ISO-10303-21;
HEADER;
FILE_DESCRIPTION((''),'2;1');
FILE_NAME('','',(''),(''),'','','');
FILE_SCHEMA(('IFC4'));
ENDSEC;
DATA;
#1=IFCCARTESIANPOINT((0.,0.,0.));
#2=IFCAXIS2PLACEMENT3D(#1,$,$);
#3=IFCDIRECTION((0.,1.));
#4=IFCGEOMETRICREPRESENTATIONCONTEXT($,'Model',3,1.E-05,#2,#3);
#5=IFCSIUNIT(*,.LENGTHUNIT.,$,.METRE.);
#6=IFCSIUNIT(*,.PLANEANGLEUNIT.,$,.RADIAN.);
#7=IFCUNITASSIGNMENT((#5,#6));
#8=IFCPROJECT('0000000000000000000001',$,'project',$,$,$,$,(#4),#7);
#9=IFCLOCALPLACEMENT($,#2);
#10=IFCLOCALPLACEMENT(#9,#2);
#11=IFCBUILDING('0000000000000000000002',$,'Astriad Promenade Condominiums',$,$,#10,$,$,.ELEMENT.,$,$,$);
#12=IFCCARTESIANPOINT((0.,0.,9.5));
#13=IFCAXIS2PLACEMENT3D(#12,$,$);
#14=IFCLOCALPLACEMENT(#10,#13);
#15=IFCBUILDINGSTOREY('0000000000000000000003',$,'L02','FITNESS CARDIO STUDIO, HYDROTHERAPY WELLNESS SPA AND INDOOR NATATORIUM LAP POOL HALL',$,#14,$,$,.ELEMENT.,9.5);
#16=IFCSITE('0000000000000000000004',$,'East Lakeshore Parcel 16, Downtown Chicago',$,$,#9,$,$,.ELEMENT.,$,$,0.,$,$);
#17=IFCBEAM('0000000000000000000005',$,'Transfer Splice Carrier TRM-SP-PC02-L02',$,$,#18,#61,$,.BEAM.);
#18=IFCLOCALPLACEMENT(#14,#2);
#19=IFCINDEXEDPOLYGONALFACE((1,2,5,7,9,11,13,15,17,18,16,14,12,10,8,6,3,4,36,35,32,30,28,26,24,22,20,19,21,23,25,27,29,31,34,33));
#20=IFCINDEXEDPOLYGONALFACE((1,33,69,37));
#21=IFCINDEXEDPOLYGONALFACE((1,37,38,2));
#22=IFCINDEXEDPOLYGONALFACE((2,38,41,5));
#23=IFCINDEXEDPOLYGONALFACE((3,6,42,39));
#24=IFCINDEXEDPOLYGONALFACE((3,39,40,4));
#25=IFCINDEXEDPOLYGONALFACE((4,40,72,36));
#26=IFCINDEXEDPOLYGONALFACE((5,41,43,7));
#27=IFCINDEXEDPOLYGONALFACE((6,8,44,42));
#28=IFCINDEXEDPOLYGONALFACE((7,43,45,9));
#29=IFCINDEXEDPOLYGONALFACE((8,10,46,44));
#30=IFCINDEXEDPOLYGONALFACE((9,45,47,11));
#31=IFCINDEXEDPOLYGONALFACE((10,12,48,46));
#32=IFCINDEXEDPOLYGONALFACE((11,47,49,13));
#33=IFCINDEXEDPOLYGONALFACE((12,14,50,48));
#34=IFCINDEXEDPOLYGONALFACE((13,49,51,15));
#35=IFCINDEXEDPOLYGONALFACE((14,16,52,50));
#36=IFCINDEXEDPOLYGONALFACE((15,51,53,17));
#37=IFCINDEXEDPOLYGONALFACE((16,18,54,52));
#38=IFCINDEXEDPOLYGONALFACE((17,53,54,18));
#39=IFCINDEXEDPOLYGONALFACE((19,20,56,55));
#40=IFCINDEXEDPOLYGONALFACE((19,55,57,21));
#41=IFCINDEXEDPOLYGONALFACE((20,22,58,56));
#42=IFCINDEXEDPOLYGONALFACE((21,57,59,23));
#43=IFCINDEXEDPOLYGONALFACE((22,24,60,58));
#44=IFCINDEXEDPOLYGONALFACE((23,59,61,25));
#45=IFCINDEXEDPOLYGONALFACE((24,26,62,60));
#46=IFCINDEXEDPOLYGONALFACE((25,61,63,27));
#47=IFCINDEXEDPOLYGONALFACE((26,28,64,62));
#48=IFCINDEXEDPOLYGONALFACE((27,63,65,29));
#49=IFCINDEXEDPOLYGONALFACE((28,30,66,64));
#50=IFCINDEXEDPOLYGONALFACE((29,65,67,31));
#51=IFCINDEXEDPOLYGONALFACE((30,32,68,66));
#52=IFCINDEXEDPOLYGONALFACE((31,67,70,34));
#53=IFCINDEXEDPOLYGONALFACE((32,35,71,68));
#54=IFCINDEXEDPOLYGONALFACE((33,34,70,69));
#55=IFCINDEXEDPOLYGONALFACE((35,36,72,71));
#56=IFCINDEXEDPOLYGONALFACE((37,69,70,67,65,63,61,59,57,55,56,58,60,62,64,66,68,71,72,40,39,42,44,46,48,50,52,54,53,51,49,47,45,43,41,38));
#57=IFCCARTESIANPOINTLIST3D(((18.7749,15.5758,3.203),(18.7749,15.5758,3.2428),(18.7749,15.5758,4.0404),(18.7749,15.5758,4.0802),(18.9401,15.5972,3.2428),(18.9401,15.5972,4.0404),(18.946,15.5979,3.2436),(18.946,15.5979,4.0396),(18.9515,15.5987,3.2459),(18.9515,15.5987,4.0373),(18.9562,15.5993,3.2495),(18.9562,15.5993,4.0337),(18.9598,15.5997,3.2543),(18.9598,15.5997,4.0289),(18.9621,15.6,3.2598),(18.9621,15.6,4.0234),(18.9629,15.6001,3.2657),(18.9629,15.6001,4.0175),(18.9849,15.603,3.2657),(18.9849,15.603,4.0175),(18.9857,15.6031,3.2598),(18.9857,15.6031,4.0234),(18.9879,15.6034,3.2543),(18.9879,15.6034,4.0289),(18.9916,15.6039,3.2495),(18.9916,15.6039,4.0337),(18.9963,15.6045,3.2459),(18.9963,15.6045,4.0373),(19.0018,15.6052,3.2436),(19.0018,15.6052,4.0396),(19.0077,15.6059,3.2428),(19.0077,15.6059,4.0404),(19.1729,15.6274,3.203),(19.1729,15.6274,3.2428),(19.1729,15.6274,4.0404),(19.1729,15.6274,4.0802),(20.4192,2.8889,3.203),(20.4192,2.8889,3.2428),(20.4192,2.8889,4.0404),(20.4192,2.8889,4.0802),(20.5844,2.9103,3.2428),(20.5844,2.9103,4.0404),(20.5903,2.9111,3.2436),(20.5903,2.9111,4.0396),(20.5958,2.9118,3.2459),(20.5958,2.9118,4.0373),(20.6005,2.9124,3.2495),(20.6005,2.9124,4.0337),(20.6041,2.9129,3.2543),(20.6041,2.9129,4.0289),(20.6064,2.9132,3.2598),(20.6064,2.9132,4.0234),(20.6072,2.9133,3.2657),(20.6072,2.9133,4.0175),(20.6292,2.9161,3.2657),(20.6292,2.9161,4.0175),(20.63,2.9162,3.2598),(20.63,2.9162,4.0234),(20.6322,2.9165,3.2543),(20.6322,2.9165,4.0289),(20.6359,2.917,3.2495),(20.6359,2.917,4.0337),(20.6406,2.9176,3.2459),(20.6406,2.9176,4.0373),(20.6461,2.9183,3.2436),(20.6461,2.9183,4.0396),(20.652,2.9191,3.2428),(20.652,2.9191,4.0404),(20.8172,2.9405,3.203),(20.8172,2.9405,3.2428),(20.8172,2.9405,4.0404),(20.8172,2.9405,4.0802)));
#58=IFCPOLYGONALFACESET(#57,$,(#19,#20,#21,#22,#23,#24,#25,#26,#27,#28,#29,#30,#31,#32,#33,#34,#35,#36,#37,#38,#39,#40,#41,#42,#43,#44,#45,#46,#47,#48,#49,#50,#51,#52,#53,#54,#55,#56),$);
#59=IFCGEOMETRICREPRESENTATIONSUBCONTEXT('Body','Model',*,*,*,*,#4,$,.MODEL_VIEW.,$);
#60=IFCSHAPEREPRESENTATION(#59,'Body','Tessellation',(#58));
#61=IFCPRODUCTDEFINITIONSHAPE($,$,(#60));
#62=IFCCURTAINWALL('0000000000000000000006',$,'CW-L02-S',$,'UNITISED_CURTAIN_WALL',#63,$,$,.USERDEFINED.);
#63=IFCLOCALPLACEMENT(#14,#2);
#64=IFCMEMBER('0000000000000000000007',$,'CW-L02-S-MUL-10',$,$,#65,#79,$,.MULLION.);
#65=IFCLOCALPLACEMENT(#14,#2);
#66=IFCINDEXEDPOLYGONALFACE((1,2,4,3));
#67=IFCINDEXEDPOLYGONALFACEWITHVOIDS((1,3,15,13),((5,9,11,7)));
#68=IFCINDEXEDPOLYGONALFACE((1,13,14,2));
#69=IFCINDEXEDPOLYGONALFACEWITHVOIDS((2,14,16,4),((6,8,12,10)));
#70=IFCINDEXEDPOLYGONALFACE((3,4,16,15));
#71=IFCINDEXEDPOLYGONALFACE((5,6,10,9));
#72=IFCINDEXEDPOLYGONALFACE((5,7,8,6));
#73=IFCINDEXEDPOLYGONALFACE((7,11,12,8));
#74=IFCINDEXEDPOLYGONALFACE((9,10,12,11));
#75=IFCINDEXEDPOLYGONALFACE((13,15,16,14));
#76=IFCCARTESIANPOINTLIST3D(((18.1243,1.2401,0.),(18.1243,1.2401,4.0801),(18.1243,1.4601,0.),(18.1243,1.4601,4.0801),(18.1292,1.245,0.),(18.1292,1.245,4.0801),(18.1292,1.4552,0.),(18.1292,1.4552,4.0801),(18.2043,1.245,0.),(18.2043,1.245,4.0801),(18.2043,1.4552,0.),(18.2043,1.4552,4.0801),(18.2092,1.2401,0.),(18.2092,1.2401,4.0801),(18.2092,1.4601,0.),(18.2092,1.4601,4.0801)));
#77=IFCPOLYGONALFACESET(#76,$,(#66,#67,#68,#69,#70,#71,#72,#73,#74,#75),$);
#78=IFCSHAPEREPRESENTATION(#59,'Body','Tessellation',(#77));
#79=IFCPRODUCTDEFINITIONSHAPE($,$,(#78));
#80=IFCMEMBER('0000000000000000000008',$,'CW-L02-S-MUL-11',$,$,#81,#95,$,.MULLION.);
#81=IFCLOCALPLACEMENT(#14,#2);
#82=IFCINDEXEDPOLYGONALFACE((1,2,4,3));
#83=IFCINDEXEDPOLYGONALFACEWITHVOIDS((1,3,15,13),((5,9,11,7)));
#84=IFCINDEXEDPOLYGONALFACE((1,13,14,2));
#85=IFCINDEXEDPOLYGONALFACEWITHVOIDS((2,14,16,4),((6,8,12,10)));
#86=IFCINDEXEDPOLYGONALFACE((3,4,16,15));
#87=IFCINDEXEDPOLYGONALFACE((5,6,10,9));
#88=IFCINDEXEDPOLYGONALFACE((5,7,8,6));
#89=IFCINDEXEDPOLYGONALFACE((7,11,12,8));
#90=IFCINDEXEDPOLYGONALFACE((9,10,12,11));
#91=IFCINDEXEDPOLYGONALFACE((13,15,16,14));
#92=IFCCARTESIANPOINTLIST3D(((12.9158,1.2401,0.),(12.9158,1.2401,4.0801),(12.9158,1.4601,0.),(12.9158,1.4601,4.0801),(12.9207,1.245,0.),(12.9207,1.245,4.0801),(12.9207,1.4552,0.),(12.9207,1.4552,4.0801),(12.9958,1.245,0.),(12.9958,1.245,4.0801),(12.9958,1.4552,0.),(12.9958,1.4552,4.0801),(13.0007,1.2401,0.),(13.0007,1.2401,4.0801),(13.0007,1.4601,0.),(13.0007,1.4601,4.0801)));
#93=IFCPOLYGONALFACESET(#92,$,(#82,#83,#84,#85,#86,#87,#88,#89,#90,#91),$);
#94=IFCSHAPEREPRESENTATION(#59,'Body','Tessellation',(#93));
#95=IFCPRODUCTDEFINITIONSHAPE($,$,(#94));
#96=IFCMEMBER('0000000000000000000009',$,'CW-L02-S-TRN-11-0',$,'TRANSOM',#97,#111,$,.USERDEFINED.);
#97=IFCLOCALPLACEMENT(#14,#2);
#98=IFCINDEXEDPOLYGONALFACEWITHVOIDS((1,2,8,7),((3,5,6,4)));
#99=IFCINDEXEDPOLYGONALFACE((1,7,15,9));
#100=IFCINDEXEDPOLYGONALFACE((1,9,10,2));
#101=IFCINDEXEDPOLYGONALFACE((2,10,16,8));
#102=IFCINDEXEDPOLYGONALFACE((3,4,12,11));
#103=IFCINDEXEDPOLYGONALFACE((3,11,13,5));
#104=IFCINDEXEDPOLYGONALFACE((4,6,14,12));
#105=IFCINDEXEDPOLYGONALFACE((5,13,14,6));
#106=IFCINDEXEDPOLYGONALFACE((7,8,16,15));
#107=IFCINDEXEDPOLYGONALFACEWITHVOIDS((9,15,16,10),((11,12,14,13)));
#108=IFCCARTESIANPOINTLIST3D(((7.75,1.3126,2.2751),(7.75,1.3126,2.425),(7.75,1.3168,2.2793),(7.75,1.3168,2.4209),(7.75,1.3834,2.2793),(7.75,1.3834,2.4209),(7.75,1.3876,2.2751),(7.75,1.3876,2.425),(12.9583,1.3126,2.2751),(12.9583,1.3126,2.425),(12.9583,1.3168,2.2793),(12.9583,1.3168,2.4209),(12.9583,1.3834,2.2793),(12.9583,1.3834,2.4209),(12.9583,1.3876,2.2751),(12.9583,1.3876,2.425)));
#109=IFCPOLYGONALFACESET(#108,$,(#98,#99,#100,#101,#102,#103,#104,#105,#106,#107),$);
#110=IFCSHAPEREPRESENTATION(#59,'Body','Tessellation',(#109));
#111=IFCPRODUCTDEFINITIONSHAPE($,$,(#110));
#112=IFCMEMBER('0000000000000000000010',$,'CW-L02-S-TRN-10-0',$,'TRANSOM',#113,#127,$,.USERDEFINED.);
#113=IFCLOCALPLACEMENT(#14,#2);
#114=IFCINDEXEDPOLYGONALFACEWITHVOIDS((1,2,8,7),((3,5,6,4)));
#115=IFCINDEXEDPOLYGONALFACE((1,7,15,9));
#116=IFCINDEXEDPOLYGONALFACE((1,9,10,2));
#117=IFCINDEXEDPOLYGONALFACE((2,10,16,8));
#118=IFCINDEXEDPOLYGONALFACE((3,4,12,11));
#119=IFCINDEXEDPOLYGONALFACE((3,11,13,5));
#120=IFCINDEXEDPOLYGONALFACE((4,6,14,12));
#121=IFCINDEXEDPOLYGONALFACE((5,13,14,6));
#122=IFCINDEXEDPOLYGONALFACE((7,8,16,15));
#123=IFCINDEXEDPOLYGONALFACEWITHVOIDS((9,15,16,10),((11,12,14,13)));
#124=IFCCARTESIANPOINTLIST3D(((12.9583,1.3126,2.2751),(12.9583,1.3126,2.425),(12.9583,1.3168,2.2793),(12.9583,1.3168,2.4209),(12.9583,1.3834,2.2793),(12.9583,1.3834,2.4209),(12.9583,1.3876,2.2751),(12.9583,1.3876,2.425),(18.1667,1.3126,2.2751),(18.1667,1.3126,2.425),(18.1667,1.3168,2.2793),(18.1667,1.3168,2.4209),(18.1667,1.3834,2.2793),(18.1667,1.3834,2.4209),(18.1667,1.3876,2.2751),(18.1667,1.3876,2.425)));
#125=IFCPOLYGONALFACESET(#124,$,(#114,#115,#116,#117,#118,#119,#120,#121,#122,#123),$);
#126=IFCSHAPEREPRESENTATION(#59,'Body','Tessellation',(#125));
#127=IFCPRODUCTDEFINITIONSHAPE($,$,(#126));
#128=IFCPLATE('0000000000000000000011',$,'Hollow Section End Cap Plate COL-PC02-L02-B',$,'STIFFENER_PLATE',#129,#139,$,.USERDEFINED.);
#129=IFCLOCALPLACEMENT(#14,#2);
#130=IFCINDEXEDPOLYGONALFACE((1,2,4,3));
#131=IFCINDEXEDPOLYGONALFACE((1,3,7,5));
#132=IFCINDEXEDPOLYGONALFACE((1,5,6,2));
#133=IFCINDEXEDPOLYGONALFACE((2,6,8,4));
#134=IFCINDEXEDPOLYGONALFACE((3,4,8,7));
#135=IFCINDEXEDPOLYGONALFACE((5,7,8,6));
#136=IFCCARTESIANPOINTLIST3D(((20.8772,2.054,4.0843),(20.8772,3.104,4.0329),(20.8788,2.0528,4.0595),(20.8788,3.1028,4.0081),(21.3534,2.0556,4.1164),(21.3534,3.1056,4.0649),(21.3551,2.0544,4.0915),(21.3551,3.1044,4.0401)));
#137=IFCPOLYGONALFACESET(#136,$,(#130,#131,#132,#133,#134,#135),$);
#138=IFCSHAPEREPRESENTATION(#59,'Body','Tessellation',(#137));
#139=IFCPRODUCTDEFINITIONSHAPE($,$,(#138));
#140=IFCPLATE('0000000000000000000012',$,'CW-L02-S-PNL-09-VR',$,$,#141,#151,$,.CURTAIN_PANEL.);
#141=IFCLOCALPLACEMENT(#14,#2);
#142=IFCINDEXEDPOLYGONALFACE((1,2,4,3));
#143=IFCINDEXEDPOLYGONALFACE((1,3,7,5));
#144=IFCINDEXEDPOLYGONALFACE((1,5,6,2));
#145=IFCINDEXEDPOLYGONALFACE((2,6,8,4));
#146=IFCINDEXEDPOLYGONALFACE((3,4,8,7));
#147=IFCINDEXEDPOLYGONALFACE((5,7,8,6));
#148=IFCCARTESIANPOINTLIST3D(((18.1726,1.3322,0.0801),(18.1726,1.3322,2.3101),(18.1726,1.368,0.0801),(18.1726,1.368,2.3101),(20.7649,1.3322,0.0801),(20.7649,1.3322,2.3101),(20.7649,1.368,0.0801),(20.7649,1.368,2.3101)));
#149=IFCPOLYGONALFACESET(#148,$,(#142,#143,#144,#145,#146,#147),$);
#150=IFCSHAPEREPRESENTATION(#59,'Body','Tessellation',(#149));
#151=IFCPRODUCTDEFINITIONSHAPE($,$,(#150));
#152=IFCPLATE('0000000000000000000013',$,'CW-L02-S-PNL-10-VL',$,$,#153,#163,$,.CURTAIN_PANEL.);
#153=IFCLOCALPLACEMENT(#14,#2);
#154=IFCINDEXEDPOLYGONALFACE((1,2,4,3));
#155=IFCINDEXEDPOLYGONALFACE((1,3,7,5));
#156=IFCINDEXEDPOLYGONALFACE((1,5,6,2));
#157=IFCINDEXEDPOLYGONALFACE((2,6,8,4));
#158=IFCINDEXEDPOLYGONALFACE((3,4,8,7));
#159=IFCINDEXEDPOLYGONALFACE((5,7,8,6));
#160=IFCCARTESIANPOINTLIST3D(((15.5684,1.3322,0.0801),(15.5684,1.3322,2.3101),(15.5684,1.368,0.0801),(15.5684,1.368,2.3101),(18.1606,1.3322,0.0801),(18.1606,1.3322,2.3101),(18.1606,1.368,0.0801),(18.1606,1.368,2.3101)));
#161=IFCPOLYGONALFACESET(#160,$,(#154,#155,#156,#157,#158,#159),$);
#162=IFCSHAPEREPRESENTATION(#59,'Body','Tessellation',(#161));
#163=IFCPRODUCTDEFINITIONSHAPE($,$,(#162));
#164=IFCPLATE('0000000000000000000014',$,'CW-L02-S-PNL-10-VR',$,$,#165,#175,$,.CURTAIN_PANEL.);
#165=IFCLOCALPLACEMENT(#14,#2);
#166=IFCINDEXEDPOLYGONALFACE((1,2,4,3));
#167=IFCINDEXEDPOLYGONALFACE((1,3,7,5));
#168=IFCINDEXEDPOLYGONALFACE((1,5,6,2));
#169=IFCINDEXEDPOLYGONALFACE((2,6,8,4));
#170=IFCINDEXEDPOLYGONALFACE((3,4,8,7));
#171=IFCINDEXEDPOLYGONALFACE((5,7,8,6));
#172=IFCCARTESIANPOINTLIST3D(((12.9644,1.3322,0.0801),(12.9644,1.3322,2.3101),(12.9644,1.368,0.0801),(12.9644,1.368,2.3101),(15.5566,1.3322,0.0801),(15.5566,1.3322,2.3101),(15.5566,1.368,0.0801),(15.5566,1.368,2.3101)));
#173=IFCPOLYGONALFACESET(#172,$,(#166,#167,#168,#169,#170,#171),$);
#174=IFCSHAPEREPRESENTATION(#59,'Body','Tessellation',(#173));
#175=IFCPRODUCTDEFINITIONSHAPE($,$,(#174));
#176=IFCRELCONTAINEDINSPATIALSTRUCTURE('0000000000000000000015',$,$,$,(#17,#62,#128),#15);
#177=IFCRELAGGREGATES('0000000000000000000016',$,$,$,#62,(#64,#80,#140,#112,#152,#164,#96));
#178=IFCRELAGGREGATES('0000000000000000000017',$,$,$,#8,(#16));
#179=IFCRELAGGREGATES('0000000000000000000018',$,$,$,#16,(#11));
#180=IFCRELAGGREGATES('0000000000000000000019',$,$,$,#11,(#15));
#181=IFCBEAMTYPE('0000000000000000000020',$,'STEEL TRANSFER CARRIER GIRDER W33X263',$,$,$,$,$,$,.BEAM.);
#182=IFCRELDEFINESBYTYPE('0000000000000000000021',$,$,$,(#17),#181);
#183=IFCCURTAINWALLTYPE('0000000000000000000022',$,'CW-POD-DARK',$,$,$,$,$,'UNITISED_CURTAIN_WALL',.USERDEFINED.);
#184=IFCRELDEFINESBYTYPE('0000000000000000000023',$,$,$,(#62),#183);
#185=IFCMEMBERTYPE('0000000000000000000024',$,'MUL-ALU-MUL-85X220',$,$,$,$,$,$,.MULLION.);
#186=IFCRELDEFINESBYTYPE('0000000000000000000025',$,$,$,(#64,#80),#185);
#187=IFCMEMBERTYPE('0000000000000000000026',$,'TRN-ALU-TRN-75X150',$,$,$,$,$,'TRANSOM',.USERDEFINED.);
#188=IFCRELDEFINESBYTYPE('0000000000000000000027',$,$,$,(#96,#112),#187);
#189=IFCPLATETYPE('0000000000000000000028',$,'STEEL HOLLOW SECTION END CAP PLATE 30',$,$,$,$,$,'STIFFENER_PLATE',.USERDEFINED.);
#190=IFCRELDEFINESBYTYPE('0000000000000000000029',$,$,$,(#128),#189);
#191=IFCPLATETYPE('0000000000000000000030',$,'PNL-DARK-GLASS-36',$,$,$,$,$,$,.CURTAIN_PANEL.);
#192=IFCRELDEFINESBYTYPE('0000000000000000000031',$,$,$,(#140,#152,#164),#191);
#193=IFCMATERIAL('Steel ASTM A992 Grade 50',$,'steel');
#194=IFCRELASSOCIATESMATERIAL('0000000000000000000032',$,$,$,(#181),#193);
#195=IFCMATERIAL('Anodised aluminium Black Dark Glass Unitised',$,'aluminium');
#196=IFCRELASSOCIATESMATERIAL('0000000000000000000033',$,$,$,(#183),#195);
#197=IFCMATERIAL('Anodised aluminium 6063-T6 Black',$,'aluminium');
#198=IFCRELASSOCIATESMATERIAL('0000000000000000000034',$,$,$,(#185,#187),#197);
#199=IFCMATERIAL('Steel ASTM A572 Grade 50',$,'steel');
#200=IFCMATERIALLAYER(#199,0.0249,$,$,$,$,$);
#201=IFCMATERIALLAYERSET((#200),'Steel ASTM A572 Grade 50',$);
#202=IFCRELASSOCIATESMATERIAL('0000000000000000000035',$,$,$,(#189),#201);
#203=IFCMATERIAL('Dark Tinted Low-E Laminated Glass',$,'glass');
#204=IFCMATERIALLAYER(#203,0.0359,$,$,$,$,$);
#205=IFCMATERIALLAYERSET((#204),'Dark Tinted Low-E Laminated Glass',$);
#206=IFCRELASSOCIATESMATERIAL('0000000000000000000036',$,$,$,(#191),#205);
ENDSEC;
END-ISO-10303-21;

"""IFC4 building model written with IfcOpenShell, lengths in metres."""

from ifc_helpers import new_model, si_unit, direction, frame, origin, origin_2d, place, context, subcontext, project, spatial, rectangle, hollow_rectangle, i_section, extrude, source, transform, mapped, material, layer, layer_set, material_profile, profile_set, type_object, type_shapes, element, aggregate, save


model = new_model("IFC4")

# Units and contexts
model_context = context("Model", 3, precision=1e-05, world=origin(), true_north=direction((0.0, 1.0)))
body_context = subcontext(model_context, "Body", "Model", "MODEL_VIEW")
ifc_project = project(units=[si_unit("LENGTHUNIT", "METRE"), si_unit("PLANEANGLEUNIT", "RADIAN")], contexts=[model_context])

# Site, building, storey
site_placement = place(None, origin())
site = spatial("IfcSite", under=ifc_project, at=site_placement, Name="East Lakeshore Parcel 16, Downtown Chicago", CompositionType="ELEMENT", RefElevation=0.0)
building_placement = place(site_placement, origin())
building = spatial("IfcBuilding", under=site, at=building_placement, Name="Astriad Promenade Condominiums", CompositionType="ELEMENT")
storey_placement = place(building_placement, frame((0.0, 0.0, 9.5)))
storey = spatial("IfcBuildingStorey", under=building, at=storey_placement, Name="L02", Description="FITNESS CARDIO STUDIO, HYDROTHERAPY WELLNESS SPA AND INDOOR NATATORIUM LAP POOL HALL", CompositionType="ELEMENT", Elevation=9.5)

# Shared definitions
ifc_material_1 = material(Name="Steel ASTM A992 Grade 50", Category="steel")

# Beam
ifc_material_profile_1 = material_profile(ifc_material_1, i_section(OverallWidth=0.4014, OverallDepth=0.8772, WebThickness=0.0222, FlangeThickness=0.0398, FilletRadius=0.0229, at=origin_2d()), Name="W33X263")
ifc_profile_set_1 = profile_set([ifc_material_profile_1], Name="Steel ASTM A992 Grade 50")
beam_type_1 = type_object("IfcBeamType", Name="STEEL TRANSFER CARRIER GIRDER W33X263", PredefinedType="BEAM", material=ifc_profile_set_1)
shared_shape_1 = source(origin(), body_context, "Body", "SweptSolid", [
    extrude(i_section(OverallWidth=0.4014, OverallDepth=0.8772, WebThickness=0.0222, FlangeThickness=0.0398, FilletRadius=0.0229, at=origin_2d()), origin(), (0.0, 0.0, 1.0), 12.793),
])
type_shapes(beam_type_1, [shared_shape_1])
beam_1_placement = place(storey_placement, frame((18.9739, 15.6016, 3.6416), z_axis=(0.128531, -0.991705, 0.0), x_axis=(0.991705, 0.128531, 0.0)))
element("IfcBeam", 1, at=beam_1_placement, inside=storey, type_object=beam_type_1, Name="Transfer Splice Carrier TRM-SP-PC02-L02", PredefinedType="BEAM", context=body_context, shape_type="MappedRepresentation", body=[
    mapped(shared_shape_1, transform((0.0, 0.0, 0.0), scale=1.0)),
])

# Curtain wall, members
ifc_material_2 = material(Name="Anodised aluminium Black Dark Glass Unitised", Category="aluminium")
curtain_wall_type = type_object("IfcCurtainWallType", Name="CW-POD-DARK", ElementType="UNITISED_CURTAIN_WALL", PredefinedType="USERDEFINED", material=ifc_material_2)
curtain_wall_placement = place(storey_placement, origin())
curtain_wall = element("IfcCurtainWall", 2, at=curtain_wall_placement, inside=storey, type_object=curtain_wall_type, Name="CW-L02-S", ObjectType="UNITISED_CURTAIN_WALL", PredefinedType="USERDEFINED")
ifc_material_3 = material(Name="Anodised aluminium 6063-T6 Black", Category="aluminium")
ifc_material_profile_2 = material_profile(ifc_material_3, hollow_rectangle(XDim=0.085, YDim=0.22, WallThickness=0.0049, at=origin_2d()), Name="ALU-MUL-85X220")
ifc_profile_set_2 = profile_set([ifc_material_profile_2], Name="Anodised aluminium 6063-T6 Black")
member_type_1 = type_object("IfcMemberType", Name="MUL-ALU-MUL-85X220", PredefinedType="MULLION", material=ifc_profile_set_2)
shared_shape_2 = source(origin(), body_context, "Body", "SweptSolid", [
    extrude(hollow_rectangle(XDim=0.085, YDim=0.22, WallThickness=0.0049, at=origin_2d()), origin(), (0.0, 0.0, 1.0), 4.0801),
])
type_shapes(member_type_1, [shared_shape_2])
member_1_placement = place(storey_placement, frame((18.1667, 1.3501, 0.0), z_axis=(0.0, 0.0, 1.0), x_axis=(1.0, 0.0, 0.0)))
member_1 = element("IfcMember", 3, at=member_1_placement, type_object=member_type_1, Name="CW-L02-S-MUL-10", PredefinedType="MULLION", context=body_context, shape_type="MappedRepresentation", body=[
    mapped(shared_shape_2, transform((0.0, 0.0, 0.0), scale=1.0)),
])
member_2_placement = place(storey_placement, frame((12.9583, 1.3501, 0.0), z_axis=(0.0, 0.0, 1.0), x_axis=(1.0, 0.0, 0.0)))
member_2 = element("IfcMember", 4, at=member_2_placement, type_object=member_type_1, Name="CW-L02-S-MUL-11", PredefinedType="MULLION", context=body_context, shape_type="MappedRepresentation", body=[
    mapped(shared_shape_2, transform((0.0, 0.0, 0.0), scale=1.0)),
])
ifc_material_profile_3 = material_profile(ifc_material_3, hollow_rectangle(XDim=0.075, YDim=0.1499, WallThickness=0.0042, at=origin_2d()), Name="ALU-TRN-75X150")
ifc_profile_set_3 = profile_set([ifc_material_profile_3], Name="Anodised aluminium 6063-T6 Black")
member_type_2 = type_object("IfcMemberType", Name="TRN-ALU-TRN-75X150", ElementType="TRANSOM", PredefinedType="USERDEFINED", material=ifc_profile_set_3)
shared_shape_3 = source(origin(), body_context, "Body", "SweptSolid", [
    extrude(hollow_rectangle(XDim=0.075, YDim=0.1499, WallThickness=0.0042, at=origin_2d()), origin(), (0.0, 0.0, 1.0), 5.2083),
])
member_3_placement = place(storey_placement, frame((12.9583, 1.3501, 2.3501), z_axis=(-1.0, 0.0, 0.0), x_axis=(0.0, -1.0, 0.0)))
member_3 = element("IfcMember", 5, at=member_3_placement, type_object=member_type_2, Name="CW-L02-S-TRN-11-0", ObjectType="TRANSOM", PredefinedType="USERDEFINED", context=body_context, shape_type="MappedRepresentation", body=[
    mapped(shared_shape_3, transform((0.0, 0.0, 0.0), scale=1.0)),
])
shared_shape_4 = source(origin(), body_context, "Body", "SweptSolid", [
    extrude(hollow_rectangle(XDim=0.075, YDim=0.1499, WallThickness=0.0042, at=origin_2d()), origin(), (0.0, 0.0, 1.0), 5.2085),
])
type_shapes(member_type_2, [shared_shape_3, shared_shape_4])
member_4_placement = place(storey_placement, frame((18.1667, 1.3501, 2.3501), z_axis=(-1.0, 0.0, 0.0), x_axis=(0.0, -1.0, 0.0)))
member_4 = element("IfcMember", 6, at=member_4_placement, type_object=member_type_2, Name="CW-L02-S-TRN-10-0", ObjectType="TRANSOM", PredefinedType="USERDEFINED", context=body_context, shape_type="MappedRepresentation", body=[
    mapped(shared_shape_4, transform((0.0, 0.0, 0.0), scale=1.0)),
])

# Plates
ifc_material_4 = material(Name="Steel ASTM A572 Grade 50", Category="steel")
ifc_layer_1 = layer(ifc_material_4, 0.0249)
ifc_layer_set_1 = layer_set([ifc_layer_1], Name="Steel ASTM A572 Grade 50")
plate_type_1 = type_object("IfcPlateType", Name="STEEL HOLLOW SECTION END CAP PLATE 30", ElementType="STIFFENER_PLATE", PredefinedType="USERDEFINED", material=ifc_layer_set_1)
shared_shape_5 = source(origin(), body_context, "Body", "SweptSolid", [
    extrude(rectangle(XDim=0.4773, YDim=1.0513, at=origin_2d()), origin(), (0.0, 0.0, 1.0), 0.0249),
])
type_shapes(plate_type_1, [shared_shape_5])
plate_1_placement = place(storey_placement, frame((21.1169, 2.5786, 4.0498), z_axis=(-0.067187, 0.04884, 0.996544), x_axis=(1.0, 0.0, 0.0)))
element("IfcPlate", 7, at=plate_1_placement, inside=storey, type_object=plate_type_1, Name="Hollow Section End Cap Plate COL-PC02-L02-B", ObjectType="STIFFENER_PLATE", PredefinedType="USERDEFINED", context=body_context, shape_type="MappedRepresentation", body=[
    mapped(shared_shape_5, transform((0.0, 0.0, 0.0), scale=1.0)),
])
ifc_material_5 = material(Name="Dark Tinted Low-E Laminated Glass", Category="glass")
ifc_layer_2 = layer(ifc_material_5, 0.0359)
ifc_layer_set_2 = layer_set([ifc_layer_2], Name="Dark Tinted Low-E Laminated Glass")
plate_type_2 = type_object("IfcPlateType", Name="PNL-DARK-GLASS-36", PredefinedType="CURTAIN_PANEL", material=ifc_layer_set_2)
shared_shape_6 = source(origin(), body_context, "Body", "SweptSolid", [
    extrude(rectangle(XDim=2.5923, YDim=0.0359, at=origin_2d()), origin(), (0.0, 0.0, 1.0), 2.23),
])
plate_2_placement = place(storey_placement, frame((19.4688, 1.3501, 0.0801), z_axis=(0.0, 0.0, 1.0), x_axis=(-1.0, 0.0, 0.0)))
plate_2 = element("IfcPlate", 8, at=plate_2_placement, type_object=plate_type_2, Name="CW-L02-S-PNL-09-VR", PredefinedType="CURTAIN_PANEL", context=body_context, shape_type="MappedRepresentation", body=[
    mapped(shared_shape_6, transform((0.0, 0.0, 0.0), scale=1.0)),
])
plate_3_placement = place(storey_placement, frame((16.8645, 1.3501, 0.0801), z_axis=(0.0, 0.0, 1.0), x_axis=(-1.0, 0.0, 0.0)))
plate_3 = element("IfcPlate", 9, at=plate_3_placement, type_object=plate_type_2, Name="CW-L02-S-PNL-10-VL", PredefinedType="CURTAIN_PANEL", context=body_context, shape_type="MappedRepresentation", body=[
    mapped(shared_shape_6, transform((0.0, 0.0, 0.0), scale=1.0)),
])
plate_4_placement = place(storey_placement, frame((14.2605, 1.3501, 0.0801), z_axis=(0.0, 0.0, 1.0), x_axis=(-1.0, 0.0, 0.0)))
plate_4 = element("IfcPlate", 10, at=plate_4_placement, type_object=plate_type_2, Name="CW-L02-S-PNL-10-VR", PredefinedType="CURTAIN_PANEL", context=body_context, shape_type="MappedRepresentation", body=[
    mapped(shared_shape_6, transform((0.0, 0.0, 0.0), scale=1.0)),
])
aggregate(curtain_wall, [member_1, member_2, plate_2, member_4, plate_3, plate_4, member_3])

save(model, "model.ifc")
